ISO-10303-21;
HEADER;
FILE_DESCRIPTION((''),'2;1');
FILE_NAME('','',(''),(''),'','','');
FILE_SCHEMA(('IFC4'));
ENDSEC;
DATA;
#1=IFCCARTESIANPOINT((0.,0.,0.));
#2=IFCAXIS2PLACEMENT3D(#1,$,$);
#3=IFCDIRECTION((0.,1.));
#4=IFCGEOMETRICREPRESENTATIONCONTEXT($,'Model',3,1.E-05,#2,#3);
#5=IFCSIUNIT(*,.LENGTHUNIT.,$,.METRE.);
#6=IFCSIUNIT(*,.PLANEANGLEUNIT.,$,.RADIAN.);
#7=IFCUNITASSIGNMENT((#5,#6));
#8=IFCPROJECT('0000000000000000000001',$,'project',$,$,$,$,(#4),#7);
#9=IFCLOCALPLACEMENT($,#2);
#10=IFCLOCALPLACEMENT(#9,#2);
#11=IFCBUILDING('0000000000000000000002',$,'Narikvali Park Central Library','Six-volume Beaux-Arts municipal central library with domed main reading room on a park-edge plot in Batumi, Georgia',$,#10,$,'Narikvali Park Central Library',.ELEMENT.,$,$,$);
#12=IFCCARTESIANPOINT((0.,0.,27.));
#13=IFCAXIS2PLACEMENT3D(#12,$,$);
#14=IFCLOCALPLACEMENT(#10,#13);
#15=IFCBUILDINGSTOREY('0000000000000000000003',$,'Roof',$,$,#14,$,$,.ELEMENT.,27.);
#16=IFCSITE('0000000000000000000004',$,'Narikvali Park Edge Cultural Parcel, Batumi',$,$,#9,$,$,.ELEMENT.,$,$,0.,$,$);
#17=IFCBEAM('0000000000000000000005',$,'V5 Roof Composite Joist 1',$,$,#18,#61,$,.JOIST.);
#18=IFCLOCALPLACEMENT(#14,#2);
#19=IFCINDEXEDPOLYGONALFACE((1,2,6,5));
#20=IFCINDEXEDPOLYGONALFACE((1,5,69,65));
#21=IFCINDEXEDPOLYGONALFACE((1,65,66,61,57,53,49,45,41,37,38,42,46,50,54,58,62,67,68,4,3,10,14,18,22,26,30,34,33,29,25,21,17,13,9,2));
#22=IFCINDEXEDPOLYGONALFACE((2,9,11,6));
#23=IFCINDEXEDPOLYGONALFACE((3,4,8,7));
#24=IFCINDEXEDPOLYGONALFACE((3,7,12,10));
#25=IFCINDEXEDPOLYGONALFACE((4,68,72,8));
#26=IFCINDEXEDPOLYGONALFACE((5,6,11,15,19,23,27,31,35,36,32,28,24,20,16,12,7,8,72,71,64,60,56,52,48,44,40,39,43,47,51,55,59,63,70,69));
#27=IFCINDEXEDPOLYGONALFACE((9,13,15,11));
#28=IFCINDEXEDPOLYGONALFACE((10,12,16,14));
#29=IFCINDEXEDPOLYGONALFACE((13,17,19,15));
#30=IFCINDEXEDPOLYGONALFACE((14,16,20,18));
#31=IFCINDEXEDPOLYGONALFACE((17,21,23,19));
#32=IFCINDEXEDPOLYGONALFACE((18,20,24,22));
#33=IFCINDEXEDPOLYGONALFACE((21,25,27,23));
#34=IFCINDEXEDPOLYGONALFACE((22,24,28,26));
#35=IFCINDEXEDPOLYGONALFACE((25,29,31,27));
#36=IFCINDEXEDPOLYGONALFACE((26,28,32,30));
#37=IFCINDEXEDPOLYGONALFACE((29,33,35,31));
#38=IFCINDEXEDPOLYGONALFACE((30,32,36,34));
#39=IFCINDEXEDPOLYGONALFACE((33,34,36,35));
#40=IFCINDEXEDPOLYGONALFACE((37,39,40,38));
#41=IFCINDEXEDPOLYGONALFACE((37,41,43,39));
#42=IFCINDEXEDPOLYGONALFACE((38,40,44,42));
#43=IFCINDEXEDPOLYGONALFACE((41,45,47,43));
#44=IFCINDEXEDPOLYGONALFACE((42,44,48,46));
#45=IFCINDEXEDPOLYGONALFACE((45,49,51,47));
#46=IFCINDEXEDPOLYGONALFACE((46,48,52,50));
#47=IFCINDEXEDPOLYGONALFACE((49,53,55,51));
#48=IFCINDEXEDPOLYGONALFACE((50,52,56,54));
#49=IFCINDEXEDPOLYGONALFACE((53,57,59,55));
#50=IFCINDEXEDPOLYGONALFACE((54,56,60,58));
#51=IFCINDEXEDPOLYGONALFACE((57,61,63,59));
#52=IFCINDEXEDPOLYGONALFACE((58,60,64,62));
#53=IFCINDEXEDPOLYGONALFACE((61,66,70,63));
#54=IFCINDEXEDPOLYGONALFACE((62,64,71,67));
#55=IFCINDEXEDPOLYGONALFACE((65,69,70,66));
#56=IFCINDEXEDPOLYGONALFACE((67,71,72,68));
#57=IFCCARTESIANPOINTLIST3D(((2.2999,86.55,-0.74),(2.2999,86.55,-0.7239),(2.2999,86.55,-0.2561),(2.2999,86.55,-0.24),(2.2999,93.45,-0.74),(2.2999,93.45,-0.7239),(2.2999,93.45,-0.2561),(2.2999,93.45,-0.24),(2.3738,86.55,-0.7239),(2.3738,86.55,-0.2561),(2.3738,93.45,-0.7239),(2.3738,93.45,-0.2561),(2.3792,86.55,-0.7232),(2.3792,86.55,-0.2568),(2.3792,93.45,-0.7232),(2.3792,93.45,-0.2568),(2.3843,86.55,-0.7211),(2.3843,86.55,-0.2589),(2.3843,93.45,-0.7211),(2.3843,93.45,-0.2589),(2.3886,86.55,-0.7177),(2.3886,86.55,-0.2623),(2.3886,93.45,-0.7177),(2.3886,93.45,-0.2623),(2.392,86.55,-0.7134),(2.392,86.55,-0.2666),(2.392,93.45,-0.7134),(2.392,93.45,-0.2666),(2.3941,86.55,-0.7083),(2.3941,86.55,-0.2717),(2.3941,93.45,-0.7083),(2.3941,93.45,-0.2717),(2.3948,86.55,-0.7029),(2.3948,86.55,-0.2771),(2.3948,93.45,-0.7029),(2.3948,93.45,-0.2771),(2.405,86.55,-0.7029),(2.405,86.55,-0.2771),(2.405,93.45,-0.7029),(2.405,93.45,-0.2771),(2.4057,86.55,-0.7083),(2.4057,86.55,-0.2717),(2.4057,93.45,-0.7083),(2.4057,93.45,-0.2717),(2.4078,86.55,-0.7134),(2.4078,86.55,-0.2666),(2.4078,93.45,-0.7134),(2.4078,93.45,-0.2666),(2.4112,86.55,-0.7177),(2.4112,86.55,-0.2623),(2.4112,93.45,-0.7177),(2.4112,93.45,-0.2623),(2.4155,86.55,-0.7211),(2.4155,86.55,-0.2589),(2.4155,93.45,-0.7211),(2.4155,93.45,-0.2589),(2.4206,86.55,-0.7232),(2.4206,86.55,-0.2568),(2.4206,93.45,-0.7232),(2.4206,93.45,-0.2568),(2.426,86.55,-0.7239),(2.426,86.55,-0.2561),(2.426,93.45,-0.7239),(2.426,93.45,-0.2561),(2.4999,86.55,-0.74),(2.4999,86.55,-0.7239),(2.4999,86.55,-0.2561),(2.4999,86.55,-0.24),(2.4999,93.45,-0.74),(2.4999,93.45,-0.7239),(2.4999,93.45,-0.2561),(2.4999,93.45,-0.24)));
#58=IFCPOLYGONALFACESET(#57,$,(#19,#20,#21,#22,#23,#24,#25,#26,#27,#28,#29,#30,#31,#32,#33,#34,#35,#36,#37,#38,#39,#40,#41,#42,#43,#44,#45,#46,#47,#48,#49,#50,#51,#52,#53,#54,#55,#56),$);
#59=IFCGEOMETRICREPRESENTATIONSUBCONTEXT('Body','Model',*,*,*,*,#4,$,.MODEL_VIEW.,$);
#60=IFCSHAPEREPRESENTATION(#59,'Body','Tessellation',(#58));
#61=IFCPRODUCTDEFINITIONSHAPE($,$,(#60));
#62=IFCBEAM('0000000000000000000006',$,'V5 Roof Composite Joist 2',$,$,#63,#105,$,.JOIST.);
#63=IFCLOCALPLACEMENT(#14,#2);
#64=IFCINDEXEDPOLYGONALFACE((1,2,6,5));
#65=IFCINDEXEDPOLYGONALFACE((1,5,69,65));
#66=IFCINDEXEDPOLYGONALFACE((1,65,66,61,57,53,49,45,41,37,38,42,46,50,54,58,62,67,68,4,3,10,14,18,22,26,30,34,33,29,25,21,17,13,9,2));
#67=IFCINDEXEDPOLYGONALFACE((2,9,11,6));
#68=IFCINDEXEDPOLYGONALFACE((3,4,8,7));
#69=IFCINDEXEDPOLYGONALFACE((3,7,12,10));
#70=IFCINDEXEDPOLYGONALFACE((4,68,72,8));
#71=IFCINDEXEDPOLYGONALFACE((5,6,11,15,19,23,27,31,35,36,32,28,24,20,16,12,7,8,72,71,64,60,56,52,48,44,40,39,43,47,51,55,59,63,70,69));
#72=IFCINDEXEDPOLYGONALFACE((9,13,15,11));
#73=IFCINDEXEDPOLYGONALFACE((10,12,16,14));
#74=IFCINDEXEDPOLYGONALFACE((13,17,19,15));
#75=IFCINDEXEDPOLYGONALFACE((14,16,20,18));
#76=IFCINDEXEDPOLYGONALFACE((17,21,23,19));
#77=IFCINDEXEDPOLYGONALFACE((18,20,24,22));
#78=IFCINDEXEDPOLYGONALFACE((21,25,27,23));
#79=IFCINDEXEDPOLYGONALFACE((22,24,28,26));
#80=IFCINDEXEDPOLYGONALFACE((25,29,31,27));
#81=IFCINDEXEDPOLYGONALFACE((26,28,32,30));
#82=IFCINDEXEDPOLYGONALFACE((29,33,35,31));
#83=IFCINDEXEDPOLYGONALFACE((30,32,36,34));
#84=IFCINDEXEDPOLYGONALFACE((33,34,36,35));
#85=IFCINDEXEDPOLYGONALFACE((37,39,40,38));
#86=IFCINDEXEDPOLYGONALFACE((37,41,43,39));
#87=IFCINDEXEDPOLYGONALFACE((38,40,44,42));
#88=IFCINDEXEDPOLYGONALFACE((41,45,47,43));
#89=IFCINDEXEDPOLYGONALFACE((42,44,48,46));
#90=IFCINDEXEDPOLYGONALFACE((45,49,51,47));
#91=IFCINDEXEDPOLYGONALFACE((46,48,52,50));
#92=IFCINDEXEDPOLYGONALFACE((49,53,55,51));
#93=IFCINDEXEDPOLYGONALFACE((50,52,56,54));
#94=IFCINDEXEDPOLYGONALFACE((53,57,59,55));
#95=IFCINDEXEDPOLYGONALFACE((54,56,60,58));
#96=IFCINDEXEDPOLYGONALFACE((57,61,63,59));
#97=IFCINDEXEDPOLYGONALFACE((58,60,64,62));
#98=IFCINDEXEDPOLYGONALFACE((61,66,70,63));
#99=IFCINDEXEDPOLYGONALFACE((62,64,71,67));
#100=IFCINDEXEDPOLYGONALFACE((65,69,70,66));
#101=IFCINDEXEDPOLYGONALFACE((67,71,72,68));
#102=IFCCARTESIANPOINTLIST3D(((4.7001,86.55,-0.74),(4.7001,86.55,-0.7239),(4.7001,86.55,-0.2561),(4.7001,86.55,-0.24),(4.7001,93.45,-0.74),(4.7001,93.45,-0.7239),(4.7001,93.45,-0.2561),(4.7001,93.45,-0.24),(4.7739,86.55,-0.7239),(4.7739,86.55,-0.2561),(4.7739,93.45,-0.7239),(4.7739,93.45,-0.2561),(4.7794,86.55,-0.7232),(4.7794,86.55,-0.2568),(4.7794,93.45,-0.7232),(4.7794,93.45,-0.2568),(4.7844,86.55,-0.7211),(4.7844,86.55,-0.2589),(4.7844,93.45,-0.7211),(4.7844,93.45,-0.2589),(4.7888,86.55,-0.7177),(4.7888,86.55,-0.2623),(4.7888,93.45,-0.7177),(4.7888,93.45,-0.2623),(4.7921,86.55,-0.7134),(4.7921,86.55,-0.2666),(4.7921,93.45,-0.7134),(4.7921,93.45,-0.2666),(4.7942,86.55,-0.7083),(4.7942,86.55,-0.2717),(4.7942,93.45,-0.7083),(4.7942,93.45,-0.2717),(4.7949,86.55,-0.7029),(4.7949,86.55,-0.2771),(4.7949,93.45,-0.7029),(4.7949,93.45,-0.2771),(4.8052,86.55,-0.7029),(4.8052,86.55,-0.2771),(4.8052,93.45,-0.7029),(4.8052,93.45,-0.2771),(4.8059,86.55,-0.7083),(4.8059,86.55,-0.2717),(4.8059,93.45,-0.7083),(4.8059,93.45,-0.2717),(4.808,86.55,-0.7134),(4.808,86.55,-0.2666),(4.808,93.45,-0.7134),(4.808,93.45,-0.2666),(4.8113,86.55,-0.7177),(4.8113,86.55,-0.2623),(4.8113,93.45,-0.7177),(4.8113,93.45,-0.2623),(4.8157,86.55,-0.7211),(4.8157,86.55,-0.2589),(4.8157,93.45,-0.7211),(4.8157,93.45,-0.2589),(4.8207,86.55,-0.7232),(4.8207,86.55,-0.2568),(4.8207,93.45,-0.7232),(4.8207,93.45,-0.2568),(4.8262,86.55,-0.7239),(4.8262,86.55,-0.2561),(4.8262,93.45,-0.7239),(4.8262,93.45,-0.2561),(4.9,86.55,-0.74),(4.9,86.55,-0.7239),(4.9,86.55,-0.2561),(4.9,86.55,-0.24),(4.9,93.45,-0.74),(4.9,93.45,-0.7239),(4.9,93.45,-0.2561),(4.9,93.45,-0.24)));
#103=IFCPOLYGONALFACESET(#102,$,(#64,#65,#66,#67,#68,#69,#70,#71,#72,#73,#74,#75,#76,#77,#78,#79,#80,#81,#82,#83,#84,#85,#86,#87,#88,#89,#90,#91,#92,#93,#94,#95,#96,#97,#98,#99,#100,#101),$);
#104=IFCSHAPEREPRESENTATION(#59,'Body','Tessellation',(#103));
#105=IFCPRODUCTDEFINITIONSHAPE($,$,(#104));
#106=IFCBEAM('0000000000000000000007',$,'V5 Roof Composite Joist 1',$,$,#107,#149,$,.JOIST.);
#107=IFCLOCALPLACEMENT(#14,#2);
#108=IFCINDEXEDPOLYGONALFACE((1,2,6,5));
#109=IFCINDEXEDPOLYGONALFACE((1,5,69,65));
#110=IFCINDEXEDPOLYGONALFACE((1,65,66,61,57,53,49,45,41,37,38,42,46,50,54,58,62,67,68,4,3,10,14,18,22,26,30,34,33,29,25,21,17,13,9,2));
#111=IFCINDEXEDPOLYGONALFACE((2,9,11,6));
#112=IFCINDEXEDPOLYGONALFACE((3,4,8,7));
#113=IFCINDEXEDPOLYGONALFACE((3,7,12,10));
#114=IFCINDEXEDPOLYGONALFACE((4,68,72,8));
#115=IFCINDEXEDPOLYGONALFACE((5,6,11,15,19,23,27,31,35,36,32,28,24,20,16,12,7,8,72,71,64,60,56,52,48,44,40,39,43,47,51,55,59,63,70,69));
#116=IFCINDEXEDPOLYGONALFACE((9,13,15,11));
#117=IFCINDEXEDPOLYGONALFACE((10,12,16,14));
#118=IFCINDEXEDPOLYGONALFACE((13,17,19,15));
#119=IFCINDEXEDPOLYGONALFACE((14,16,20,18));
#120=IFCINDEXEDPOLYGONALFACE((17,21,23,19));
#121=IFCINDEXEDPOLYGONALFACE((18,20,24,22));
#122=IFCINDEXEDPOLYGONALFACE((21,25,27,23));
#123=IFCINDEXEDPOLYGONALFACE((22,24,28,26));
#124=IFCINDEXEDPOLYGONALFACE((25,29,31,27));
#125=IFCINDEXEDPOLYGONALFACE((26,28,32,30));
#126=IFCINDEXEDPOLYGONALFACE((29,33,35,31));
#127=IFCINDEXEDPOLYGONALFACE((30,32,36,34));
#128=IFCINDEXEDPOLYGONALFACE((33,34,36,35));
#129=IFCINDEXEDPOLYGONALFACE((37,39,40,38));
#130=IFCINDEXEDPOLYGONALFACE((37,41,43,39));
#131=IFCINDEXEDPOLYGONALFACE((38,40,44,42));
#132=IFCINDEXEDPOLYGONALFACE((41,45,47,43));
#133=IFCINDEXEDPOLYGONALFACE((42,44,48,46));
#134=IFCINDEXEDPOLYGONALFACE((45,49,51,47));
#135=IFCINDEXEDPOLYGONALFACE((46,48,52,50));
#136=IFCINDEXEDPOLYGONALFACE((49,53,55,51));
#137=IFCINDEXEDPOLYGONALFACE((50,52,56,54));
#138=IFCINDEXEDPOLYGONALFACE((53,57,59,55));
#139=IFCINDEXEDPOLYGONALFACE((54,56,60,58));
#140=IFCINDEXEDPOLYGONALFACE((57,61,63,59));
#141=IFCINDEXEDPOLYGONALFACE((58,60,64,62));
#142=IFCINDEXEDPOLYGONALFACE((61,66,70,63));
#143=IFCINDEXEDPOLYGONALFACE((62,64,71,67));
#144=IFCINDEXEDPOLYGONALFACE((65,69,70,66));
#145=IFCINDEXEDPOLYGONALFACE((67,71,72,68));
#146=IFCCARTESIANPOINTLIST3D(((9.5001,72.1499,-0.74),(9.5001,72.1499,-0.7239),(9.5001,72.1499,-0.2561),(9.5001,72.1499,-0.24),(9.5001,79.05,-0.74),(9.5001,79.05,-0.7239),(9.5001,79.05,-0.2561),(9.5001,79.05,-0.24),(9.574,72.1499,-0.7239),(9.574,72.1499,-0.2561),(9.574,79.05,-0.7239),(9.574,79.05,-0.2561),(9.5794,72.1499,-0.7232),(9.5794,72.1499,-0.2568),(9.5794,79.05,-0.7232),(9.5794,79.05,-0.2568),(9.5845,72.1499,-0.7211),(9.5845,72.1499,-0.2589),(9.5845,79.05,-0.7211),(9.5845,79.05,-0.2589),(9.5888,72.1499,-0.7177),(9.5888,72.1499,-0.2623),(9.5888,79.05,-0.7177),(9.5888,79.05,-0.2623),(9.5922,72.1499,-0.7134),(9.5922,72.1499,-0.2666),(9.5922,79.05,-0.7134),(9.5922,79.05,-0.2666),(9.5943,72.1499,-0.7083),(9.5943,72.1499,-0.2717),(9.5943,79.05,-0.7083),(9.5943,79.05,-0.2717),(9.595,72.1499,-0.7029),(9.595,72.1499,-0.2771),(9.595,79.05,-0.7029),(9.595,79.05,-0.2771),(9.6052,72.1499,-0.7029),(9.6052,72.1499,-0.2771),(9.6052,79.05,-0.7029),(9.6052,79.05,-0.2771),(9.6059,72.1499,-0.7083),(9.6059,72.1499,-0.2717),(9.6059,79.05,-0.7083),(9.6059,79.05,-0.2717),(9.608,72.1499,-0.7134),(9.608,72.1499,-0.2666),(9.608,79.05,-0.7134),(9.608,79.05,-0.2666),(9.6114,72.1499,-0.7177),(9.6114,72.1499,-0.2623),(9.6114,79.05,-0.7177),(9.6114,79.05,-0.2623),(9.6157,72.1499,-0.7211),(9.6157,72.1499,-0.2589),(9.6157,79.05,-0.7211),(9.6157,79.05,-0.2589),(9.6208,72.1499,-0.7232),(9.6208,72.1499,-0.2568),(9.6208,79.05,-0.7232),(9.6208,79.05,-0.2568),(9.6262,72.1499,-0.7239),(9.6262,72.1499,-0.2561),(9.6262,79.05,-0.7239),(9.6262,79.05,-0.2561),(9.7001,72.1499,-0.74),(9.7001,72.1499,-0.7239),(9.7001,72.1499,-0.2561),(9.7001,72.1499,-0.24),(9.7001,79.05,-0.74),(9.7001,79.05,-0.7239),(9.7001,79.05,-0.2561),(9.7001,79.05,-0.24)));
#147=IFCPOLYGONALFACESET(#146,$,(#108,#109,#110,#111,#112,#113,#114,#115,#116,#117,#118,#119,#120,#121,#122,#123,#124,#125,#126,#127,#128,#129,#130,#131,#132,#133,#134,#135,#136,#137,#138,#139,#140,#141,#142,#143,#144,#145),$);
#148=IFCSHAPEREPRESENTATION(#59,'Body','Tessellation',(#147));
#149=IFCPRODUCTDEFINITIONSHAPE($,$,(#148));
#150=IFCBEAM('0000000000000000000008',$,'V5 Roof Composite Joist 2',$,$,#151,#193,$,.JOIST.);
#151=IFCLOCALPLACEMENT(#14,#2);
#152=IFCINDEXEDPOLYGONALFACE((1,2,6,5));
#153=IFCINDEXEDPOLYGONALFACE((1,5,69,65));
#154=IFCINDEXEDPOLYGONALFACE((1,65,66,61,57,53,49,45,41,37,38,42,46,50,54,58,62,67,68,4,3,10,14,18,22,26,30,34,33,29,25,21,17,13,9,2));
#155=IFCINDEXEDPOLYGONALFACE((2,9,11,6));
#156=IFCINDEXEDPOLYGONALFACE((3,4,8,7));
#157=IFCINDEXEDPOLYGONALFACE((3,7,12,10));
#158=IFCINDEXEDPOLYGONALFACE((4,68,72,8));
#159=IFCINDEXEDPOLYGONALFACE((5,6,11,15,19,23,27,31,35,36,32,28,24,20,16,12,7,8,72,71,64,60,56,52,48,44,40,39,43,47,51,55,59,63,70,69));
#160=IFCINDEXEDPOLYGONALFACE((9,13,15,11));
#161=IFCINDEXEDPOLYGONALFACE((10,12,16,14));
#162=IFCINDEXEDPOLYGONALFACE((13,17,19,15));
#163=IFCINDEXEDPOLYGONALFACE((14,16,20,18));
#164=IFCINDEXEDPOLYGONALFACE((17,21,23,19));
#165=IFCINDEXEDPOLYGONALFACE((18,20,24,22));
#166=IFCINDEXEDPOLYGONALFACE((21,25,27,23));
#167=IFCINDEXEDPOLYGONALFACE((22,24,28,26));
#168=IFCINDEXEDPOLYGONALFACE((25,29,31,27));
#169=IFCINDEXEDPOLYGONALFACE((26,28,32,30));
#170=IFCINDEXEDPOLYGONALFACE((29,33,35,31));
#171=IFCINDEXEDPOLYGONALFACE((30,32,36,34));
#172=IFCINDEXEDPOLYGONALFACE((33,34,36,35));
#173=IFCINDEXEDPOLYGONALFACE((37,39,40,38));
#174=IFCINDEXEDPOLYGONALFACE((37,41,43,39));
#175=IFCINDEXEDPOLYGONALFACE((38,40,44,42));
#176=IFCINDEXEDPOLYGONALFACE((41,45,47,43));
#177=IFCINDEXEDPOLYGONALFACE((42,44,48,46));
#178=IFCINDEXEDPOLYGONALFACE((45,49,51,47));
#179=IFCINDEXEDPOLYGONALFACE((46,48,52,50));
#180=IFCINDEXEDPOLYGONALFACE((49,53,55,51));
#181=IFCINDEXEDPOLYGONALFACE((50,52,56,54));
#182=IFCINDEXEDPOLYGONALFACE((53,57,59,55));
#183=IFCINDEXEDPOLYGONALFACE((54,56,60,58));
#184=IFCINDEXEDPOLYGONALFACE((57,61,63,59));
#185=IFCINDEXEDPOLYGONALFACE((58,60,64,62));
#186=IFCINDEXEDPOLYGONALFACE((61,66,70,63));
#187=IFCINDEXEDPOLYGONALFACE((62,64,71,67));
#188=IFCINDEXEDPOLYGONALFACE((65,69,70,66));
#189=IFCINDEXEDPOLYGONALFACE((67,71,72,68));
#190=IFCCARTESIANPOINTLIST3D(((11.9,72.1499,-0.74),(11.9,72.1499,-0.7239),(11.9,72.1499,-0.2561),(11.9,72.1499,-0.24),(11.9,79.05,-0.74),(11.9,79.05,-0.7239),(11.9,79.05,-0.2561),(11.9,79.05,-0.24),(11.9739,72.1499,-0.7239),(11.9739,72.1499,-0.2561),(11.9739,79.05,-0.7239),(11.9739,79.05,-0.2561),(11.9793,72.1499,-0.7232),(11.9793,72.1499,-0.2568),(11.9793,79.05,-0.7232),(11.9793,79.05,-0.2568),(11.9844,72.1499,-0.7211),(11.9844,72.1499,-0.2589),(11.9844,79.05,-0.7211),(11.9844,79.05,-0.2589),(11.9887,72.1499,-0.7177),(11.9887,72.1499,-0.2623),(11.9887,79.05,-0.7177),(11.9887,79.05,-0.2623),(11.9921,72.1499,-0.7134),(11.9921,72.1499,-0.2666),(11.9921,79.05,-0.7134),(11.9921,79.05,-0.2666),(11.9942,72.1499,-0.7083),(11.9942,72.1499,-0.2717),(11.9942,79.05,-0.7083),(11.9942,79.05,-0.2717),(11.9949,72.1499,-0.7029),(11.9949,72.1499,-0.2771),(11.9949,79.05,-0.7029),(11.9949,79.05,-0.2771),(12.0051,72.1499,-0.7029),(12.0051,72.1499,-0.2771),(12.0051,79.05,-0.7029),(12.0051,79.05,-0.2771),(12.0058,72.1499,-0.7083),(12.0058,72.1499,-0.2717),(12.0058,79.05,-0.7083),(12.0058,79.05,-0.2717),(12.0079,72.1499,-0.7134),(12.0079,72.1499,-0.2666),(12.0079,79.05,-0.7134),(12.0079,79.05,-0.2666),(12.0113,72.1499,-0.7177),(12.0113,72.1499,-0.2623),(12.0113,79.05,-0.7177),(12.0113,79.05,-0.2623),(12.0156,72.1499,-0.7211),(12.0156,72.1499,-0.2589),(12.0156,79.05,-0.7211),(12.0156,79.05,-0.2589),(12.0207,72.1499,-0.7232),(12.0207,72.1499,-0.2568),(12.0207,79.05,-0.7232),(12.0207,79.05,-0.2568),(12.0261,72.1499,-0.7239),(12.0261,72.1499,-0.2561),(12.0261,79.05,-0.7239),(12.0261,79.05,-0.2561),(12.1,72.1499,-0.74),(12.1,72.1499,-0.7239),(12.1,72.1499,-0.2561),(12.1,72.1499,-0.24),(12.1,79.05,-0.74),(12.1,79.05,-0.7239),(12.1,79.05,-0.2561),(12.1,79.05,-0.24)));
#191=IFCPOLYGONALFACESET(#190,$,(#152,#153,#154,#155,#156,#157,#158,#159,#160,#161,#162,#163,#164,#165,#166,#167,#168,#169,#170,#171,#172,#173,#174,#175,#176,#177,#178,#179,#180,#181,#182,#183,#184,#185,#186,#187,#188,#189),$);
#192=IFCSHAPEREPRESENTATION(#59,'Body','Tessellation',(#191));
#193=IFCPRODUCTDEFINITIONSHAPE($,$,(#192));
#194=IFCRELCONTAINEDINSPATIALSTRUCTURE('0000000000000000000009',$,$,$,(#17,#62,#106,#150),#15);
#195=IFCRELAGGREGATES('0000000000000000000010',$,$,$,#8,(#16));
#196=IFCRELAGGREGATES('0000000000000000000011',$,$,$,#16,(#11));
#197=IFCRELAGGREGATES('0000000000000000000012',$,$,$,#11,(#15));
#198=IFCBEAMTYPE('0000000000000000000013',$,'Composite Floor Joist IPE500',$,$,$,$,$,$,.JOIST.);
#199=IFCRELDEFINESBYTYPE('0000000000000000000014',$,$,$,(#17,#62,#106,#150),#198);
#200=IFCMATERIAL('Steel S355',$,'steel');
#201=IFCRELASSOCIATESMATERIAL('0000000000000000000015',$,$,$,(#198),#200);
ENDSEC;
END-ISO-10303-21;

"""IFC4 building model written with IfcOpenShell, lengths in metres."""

from ifc_helpers import new_model, si_unit, direction, frame, origin, origin_2d, place, context, subcontext, project, spatial, i_section, extrude, material, material_profile, profile_set, type_object, element, save


model = new_model("IFC4")

# Units and contexts
model_context = context("Model", 3, precision=1e-05, world=origin(), true_north=direction((0.0, 1.0)))
body_context = subcontext(model_context, "Body", "Model", "MODEL_VIEW")
ifc_project = project(units=[si_unit("LENGTHUNIT", "METRE"), si_unit("PLANEANGLEUNIT", "RADIAN")], contexts=[model_context])

# Site, building, storey
site_placement = place(None, origin())
site = spatial("IfcSite", under=ifc_project, at=site_placement, Name="Narikvali Park Edge Cultural Parcel, Batumi", CompositionType="ELEMENT", RefElevation=0.0)
building_placement = place(site_placement, origin())
building = spatial("IfcBuilding", under=site, at=building_placement, Name="Narikvali Park Central Library", Description="Six-volume Beaux-Arts municipal central library with domed main reading room on a park-edge plot in Batumi, Georgia", LongName="Narikvali Park Central Library", CompositionType="ELEMENT")
storey_placement = place(building_placement, frame((0.0, 0.0, 27.0)))
storey = spatial("IfcBuildingStorey", under=building, at=storey_placement, Name="Roof", CompositionType="ELEMENT", Elevation=27.0)

# Beams
ifc_material = material(Name="Steel S355", Category="steel")
ifc_material_profile_1 = material_profile(ifc_material, i_section(OverallWidth=0.2, OverallDepth=0.5, WebThickness=0.0103, FlangeThickness=0.0161, FilletRadius=0.021, at=origin_2d()), Name="IPE 500")
ifc_profile_set_1 = profile_set([ifc_material_profile_1], Name="Steel S355")
beam_type_1 = type_object("IfcBeamType", Name="Composite Floor Joist IPE500", PredefinedType="JOIST", material=ifc_profile_set_1)
for number, where, z_axis, x_axis, name in (
    (1, (2.3999, 86.55, -0.49), (0.0, 1.0, 0.0), (-1.0, 0.0, 0.0), "V5 Roof Composite Joist 1"),
    (2, (4.8, 86.55, -0.49), (0.0, 1.0, 0.0), (-1.0, 0.0, 0.0), "V5 Roof Composite Joist 2"),
):
    element("IfcBeam", number, at=place(storey_placement, frame(where, z_axis=z_axis, x_axis=x_axis)), inside=storey, type_object=beam_type_1, Name=name, PredefinedType="JOIST", context=body_context, shape_type="SweptSolid", body=[
        extrude(i_section(OverallWidth=0.2, OverallDepth=0.5, WebThickness=0.0103, FlangeThickness=0.0161, FilletRadius=0.021, at=origin_2d()), origin(), (0.0, 0.0, 1.0), 6.8999),
    ])
for number, where, z_axis, x_axis, name in (
    (3, (9.6001, 72.1499, -0.49), (0.0, 1.0, 0.0), (-1.0, 0.0, 0.0), "V5 Roof Composite Joist 1"),
    (4, (12.0, 72.1499, -0.49), (0.0, 1.0, 0.0), (-1.0, 0.0, 0.0), "V5 Roof Composite Joist 2"),
):
    element("IfcBeam", number, at=place(storey_placement, frame(where, z_axis=z_axis, x_axis=x_axis)), inside=storey, type_object=beam_type_1, Name=name, PredefinedType="JOIST", context=body_context, shape_type="SweptSolid", body=[
        extrude(i_section(OverallWidth=0.2, OverallDepth=0.5, WebThickness=0.0103, FlangeThickness=0.0161, FilletRadius=0.021, at=origin_2d()), origin(), (0.0, 0.0, 1.0), 6.9001),
    ])

save(model, "model.ifc")
